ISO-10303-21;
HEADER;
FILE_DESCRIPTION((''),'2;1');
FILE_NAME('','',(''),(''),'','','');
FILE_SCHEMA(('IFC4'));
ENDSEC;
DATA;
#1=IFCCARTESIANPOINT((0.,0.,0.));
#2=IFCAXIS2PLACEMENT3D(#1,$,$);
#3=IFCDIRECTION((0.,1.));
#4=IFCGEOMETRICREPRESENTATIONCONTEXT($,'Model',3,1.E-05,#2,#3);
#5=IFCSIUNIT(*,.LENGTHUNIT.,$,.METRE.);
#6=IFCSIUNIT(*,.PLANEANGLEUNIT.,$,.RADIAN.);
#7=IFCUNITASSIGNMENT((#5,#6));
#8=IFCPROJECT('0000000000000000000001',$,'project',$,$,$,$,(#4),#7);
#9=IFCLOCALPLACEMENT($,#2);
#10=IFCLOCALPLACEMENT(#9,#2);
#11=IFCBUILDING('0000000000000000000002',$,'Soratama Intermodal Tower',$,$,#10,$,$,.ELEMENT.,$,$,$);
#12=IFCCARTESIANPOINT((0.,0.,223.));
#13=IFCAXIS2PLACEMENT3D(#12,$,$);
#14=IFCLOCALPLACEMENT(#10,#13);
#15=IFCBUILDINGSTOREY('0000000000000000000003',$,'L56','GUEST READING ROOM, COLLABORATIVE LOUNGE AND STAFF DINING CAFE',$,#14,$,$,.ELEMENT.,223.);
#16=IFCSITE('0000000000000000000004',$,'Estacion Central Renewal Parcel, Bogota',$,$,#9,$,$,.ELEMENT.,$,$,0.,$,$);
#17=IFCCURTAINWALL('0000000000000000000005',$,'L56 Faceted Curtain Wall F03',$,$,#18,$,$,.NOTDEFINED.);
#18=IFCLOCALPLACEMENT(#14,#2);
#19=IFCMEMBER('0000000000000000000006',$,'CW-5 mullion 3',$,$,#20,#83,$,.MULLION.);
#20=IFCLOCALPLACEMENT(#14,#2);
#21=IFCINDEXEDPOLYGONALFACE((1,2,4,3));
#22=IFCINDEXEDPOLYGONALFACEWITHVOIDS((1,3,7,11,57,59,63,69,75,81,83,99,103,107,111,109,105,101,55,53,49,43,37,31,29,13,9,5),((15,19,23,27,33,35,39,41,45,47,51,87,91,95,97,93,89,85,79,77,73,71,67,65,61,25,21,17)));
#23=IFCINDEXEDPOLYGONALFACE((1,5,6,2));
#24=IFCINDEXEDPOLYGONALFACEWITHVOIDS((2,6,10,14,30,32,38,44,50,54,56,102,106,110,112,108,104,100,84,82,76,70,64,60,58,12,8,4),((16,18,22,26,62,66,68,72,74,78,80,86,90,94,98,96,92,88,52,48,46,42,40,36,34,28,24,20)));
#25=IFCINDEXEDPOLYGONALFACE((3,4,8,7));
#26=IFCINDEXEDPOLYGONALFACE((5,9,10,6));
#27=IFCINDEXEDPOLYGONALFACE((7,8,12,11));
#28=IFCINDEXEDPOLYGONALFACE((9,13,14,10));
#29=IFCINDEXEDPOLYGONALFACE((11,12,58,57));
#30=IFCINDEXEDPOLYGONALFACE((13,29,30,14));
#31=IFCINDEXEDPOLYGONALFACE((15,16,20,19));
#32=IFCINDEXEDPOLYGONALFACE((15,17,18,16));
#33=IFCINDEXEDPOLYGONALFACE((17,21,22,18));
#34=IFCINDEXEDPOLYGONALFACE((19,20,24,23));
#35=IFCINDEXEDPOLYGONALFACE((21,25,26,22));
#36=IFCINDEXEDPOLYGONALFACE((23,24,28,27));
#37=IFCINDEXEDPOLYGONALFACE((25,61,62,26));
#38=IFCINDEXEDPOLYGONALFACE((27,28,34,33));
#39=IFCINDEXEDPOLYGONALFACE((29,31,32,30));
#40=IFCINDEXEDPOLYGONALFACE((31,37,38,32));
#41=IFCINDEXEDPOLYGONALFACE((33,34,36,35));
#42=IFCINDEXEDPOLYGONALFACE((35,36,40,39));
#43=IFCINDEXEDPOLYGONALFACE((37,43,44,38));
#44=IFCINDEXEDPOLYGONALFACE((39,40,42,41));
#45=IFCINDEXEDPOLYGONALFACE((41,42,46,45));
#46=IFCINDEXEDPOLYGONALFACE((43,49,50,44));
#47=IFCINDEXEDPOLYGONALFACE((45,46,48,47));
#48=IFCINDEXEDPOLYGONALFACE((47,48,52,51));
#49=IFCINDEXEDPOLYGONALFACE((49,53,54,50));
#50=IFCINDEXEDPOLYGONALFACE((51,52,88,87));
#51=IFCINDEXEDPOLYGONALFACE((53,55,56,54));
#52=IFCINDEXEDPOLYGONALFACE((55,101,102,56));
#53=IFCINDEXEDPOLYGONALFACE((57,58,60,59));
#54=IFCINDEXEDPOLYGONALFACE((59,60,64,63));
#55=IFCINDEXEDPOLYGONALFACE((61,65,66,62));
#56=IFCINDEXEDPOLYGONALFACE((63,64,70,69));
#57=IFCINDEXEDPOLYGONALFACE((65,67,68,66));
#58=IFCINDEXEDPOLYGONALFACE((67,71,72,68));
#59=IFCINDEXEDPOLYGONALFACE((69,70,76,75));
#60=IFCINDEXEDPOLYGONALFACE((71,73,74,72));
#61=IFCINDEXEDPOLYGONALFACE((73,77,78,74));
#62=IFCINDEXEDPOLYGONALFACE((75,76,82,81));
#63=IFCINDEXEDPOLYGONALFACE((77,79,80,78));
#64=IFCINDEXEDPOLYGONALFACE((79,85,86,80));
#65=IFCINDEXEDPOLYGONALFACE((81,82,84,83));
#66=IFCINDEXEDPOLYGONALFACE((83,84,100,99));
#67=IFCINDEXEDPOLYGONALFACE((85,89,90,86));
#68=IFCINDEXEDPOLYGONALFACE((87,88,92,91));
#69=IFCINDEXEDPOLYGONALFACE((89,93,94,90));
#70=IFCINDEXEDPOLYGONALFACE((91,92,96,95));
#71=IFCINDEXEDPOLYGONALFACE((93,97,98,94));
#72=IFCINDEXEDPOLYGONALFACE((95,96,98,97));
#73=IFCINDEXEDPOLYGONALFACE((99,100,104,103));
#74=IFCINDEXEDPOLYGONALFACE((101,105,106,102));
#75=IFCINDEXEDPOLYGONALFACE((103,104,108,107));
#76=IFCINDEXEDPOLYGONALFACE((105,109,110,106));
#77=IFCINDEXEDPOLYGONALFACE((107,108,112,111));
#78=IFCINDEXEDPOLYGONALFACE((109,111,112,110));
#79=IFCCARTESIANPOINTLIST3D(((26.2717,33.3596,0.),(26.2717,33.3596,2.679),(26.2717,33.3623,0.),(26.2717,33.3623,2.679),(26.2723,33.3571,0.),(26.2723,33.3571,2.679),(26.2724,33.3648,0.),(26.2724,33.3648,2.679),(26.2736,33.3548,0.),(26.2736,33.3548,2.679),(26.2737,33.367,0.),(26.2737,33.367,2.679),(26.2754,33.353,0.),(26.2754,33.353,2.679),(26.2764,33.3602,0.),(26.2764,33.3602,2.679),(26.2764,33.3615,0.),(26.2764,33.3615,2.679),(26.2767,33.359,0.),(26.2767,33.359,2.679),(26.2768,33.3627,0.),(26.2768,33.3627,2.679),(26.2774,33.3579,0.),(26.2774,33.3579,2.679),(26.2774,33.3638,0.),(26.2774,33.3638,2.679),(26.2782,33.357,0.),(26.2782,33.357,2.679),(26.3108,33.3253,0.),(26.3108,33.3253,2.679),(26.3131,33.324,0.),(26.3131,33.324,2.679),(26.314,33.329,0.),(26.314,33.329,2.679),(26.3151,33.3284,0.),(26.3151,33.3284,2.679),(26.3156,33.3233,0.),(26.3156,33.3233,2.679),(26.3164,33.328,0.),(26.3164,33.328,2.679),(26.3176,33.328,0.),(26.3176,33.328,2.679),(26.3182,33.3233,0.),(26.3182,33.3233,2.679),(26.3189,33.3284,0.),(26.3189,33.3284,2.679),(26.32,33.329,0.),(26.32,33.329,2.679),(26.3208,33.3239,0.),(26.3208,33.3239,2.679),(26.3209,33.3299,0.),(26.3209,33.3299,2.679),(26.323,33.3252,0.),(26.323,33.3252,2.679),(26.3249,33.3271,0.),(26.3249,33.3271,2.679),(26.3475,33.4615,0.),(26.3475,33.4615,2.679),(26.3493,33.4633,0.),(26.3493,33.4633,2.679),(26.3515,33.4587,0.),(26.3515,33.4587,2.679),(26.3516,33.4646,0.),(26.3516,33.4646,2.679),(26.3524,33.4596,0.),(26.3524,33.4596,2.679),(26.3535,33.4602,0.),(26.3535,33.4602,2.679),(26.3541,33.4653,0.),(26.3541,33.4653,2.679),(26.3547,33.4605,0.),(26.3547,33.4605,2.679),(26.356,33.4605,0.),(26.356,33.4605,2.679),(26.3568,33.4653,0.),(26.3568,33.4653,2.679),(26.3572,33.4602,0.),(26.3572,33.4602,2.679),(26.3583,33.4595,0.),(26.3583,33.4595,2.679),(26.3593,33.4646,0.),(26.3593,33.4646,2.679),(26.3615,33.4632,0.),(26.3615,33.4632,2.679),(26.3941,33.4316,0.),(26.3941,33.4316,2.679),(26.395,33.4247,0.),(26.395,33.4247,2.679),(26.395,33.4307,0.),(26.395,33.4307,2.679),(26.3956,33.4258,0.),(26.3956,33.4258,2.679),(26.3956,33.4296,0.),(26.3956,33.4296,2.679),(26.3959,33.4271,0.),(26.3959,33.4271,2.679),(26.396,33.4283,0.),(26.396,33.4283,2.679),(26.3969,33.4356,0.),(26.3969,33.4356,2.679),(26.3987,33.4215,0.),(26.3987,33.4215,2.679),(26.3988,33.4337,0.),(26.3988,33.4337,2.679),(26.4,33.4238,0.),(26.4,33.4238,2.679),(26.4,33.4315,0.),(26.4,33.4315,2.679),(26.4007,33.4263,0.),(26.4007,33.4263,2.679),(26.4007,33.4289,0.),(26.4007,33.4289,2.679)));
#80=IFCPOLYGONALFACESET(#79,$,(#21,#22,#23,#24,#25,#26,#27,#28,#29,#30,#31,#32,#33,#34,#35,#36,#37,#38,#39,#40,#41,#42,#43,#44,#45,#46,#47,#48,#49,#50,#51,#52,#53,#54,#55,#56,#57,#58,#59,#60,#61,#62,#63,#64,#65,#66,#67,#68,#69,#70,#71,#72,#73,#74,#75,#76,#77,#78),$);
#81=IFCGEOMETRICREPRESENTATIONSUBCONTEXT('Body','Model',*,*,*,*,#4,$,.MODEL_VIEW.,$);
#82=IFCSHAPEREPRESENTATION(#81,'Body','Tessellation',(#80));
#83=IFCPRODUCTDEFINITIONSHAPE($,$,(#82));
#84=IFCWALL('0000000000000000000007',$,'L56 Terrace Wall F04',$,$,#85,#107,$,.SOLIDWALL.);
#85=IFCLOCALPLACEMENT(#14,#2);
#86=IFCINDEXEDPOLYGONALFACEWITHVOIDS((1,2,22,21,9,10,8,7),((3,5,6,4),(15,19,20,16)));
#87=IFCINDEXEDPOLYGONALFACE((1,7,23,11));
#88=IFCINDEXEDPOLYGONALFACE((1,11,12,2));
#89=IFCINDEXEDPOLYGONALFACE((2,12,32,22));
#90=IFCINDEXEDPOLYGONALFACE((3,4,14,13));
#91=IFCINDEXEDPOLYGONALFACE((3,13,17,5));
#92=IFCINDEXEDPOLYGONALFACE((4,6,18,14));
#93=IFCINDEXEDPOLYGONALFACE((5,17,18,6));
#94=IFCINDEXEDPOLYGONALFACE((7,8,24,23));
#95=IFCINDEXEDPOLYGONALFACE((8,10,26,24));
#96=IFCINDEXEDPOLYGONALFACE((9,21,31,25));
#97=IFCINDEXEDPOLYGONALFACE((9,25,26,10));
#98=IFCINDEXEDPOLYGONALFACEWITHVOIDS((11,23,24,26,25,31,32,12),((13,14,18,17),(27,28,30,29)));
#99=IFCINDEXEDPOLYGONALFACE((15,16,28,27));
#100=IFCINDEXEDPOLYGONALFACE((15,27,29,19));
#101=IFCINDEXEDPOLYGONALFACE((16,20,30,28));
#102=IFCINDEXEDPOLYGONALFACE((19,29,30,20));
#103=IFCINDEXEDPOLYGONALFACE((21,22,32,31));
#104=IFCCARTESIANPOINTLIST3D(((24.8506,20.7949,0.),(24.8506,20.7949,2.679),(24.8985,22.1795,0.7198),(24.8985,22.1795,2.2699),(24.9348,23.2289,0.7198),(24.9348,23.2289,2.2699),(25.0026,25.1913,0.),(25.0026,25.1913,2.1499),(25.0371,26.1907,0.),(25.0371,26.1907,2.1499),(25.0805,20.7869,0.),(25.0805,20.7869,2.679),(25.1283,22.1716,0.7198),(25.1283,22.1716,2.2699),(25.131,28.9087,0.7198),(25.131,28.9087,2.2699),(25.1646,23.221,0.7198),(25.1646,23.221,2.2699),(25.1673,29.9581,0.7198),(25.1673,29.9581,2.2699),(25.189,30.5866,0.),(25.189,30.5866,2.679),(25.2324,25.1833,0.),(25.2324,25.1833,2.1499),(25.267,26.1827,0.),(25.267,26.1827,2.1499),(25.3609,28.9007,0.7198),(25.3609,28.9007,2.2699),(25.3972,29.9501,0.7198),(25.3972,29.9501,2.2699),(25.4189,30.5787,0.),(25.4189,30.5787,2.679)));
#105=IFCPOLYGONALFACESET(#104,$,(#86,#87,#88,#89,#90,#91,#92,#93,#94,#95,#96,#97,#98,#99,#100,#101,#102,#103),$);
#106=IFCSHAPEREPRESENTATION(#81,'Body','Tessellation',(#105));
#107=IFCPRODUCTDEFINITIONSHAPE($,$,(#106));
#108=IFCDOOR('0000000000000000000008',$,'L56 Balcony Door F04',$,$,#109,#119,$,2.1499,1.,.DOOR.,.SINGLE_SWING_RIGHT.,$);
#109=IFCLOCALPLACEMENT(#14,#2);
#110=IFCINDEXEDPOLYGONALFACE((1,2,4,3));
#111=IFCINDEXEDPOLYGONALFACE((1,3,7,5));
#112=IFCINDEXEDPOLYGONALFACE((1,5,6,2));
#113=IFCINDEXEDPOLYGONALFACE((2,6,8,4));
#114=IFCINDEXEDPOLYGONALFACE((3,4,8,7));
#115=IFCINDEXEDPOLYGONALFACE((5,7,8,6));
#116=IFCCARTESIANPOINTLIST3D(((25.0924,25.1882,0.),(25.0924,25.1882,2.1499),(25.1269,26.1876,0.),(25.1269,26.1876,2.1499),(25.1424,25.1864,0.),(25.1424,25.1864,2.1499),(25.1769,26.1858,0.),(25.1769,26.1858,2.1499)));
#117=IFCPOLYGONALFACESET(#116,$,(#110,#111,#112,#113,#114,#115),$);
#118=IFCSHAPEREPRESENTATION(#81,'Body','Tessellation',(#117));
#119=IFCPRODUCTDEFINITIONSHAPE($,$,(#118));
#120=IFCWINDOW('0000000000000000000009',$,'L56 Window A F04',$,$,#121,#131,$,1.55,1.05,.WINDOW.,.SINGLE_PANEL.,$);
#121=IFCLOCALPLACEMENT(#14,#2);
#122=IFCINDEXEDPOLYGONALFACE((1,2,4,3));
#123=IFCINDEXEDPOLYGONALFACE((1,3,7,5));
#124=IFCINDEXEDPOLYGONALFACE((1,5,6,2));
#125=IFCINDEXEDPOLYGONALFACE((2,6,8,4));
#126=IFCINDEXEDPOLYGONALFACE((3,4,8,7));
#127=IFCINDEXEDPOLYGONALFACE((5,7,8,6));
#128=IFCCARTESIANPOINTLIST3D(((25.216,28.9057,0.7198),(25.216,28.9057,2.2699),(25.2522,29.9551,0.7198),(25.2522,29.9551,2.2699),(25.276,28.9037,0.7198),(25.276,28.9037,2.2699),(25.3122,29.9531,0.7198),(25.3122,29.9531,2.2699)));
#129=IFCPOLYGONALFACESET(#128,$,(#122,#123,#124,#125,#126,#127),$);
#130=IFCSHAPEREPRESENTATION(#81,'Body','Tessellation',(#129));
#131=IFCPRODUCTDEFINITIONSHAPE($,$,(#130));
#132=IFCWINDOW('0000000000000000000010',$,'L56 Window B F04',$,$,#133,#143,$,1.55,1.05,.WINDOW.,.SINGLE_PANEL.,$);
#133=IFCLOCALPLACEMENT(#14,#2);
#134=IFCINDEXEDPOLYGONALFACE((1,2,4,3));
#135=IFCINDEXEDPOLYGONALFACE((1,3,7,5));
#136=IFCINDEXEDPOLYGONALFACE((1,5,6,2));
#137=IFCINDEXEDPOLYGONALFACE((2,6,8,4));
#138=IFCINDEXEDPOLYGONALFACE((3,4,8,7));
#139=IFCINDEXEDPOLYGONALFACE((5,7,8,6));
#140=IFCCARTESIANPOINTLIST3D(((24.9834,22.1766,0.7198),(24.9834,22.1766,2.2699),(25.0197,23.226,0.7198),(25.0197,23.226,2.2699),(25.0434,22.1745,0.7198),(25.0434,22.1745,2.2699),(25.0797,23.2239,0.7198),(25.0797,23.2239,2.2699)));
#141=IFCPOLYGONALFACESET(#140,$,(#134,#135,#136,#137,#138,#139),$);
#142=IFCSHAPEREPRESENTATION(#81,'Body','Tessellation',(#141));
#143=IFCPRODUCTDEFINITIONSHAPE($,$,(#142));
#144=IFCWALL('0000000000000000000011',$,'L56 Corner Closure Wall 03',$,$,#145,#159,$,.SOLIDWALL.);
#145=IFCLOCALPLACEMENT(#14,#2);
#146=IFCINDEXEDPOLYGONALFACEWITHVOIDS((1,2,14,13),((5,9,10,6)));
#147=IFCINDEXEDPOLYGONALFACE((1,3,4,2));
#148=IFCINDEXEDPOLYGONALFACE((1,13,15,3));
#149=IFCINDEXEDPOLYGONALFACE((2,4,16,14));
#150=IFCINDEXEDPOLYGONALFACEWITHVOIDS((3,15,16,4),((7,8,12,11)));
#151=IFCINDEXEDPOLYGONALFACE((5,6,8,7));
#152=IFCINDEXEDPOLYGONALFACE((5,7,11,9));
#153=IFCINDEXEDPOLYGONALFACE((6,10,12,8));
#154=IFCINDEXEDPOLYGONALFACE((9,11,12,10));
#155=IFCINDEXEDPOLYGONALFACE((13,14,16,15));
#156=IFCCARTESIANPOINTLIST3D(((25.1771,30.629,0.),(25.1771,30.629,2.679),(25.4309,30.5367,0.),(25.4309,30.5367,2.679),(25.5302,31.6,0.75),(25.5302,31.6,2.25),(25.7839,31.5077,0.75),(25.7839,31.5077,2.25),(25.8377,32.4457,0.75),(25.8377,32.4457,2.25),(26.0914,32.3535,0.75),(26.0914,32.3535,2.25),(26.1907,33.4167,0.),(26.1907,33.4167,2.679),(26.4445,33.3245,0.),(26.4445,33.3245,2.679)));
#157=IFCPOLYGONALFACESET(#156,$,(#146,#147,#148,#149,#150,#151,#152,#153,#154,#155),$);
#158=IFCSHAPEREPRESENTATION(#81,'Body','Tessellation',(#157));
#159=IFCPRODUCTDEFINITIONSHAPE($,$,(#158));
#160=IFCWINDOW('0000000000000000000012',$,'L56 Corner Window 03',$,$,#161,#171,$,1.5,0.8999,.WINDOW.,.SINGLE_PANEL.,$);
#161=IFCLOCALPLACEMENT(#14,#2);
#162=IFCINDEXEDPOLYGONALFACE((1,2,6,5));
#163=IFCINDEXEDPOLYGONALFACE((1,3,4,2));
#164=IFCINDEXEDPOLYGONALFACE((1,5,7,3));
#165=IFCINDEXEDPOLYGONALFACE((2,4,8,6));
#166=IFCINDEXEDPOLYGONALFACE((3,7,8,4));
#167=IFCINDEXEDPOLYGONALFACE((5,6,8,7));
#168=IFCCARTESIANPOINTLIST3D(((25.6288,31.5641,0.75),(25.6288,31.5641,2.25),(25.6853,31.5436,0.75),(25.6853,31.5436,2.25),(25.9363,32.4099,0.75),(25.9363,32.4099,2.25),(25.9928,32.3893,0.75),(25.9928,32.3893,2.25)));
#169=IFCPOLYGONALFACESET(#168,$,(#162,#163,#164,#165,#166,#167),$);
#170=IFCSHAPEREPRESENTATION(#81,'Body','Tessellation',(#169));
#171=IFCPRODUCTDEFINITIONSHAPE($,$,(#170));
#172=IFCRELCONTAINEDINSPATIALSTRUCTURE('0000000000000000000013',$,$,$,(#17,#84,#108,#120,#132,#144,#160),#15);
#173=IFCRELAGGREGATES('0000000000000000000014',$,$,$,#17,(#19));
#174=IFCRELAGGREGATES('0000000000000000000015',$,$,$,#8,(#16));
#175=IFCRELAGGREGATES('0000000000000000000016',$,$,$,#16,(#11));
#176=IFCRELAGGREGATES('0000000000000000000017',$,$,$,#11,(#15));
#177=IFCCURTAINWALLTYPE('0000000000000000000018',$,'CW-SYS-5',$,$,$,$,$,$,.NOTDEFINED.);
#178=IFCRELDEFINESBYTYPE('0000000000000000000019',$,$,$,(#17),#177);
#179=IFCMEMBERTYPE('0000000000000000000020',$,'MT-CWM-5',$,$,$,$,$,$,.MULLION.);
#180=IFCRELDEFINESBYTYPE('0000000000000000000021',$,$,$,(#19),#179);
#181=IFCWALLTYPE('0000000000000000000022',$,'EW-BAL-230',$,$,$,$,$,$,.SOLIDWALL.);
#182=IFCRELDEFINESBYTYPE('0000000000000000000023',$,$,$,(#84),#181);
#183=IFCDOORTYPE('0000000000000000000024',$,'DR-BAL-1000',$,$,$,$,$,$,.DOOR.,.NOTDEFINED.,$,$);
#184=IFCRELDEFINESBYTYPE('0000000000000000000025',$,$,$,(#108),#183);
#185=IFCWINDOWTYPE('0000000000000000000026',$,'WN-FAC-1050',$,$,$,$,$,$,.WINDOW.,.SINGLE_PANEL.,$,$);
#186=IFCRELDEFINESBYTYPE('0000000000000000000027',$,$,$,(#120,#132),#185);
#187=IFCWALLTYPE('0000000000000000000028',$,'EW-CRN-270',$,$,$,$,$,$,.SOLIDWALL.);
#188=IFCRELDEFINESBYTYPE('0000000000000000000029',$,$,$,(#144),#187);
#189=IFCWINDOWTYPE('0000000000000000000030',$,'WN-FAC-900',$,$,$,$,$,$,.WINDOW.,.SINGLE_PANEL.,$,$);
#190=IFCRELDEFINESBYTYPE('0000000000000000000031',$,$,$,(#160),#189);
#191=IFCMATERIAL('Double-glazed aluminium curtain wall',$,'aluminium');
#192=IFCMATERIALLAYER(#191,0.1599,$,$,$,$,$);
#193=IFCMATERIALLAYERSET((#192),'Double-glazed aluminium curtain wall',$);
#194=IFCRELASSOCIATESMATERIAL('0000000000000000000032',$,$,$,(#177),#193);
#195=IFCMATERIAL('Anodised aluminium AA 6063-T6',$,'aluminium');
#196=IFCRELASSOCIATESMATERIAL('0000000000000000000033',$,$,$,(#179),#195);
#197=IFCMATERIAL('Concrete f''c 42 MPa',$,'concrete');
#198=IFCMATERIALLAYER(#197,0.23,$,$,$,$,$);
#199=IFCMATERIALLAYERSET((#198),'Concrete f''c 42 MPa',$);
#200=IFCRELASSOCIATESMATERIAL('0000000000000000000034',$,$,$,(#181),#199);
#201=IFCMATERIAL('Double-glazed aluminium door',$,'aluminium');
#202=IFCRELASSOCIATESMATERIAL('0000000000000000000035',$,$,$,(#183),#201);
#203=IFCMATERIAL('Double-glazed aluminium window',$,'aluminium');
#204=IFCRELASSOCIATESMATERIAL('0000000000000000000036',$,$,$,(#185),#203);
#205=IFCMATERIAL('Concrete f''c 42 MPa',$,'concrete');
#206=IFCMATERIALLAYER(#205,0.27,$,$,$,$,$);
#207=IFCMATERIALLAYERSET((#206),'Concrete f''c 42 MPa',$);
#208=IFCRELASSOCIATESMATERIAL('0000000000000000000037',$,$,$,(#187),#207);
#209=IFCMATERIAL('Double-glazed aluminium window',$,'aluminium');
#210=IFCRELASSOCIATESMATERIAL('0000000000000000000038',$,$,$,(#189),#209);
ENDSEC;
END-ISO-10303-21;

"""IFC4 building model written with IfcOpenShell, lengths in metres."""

from ifc_helpers import new_model, si_unit, direction, frame, frame_2d, origin, origin_2d, place, context, subcontext, project, spatial, rectangle, hollow_rectangle, extrude, material, layer, layer_set, material_profile, profile_set, type_object, element, fill, aggregate, save


model = new_model("IFC4")

# Units and contexts
model_context = context("Model", 3, precision=1e-05, world=origin(), true_north=direction((0.0, 1.0)))
body_context = subcontext(model_context, "Body", "Model", "MODEL_VIEW")
ifc_project = project(units=[si_unit("LENGTHUNIT", "METRE"), si_unit("PLANEANGLEUNIT", "RADIAN")], contexts=[model_context])

# Site, building, storey
site_placement = place(None, origin())
site = spatial("IfcSite", under=ifc_project, at=site_placement, Name="Estacion Central Renewal Parcel, Bogota", CompositionType="ELEMENT", RefElevation=0.0)
building_placement = place(site_placement, origin())
building = spatial("IfcBuilding", under=site, at=building_placement, Name="Soratama Intermodal Tower", CompositionType="ELEMENT")
storey_placement = place(building_placement, frame((0.0, 0.0, 223.0)))
storey = spatial("IfcBuildingStorey", under=building, at=storey_placement, Name="L56", Description="GUEST READING ROOM, COLLABORATIVE LOUNGE AND STAFF DINING CAFE", CompositionType="ELEMENT", Elevation=223.0)

# Curtain wall, member
ifc_material_1 = material(Name="Double-glazed aluminium curtain wall", Category="aluminium")
ifc_layer_1 = layer(ifc_material_1, 0.1599)
ifc_layer_set_1 = layer_set([ifc_layer_1], Name="Double-glazed aluminium curtain wall")
curtain_wall_type = type_object("IfcCurtainWallType", Name="CW-SYS-5", PredefinedType="NOTDEFINED", material=ifc_layer_set_1)
curtain_wall_placement = place(storey_placement, origin())
curtain_wall = element("IfcCurtainWall", 1, at=curtain_wall_placement, inside=storey, type_object=curtain_wall_type, Name="L56 Faceted Curtain Wall F03", PredefinedType="NOTDEFINED")
ifc_material_2 = material(Name="Anodised aluminium AA 6063-T6", Category="aluminium")
ifc_material_profile_1 = material_profile(ifc_material_2, hollow_rectangle(XDim=0.0649, YDim=0.1399, WallThickness=0.0049, InnerFilletRadius=0.0049, OuterFilletRadius=0.01, at=origin_2d()), Name="CWM140X65X5")
ifc_profile_set_1 = profile_set([ifc_material_profile_1], Name="Anodised aluminium AA 6063-T6")
member_type = type_object("IfcMemberType", Name="MT-CWM-5", PredefinedType="MULLION", material=ifc_profile_set_1)
member_placement = place(storey_placement, frame((26.3362, 33.3943, 0.0), z_axis=(0.0, 0.0, 1.0), x_axis=(0.788224, -0.615388, 0.0)))
member = element("IfcMember", 2, at=member_placement, type_object=member_type, Name="CW-5 mullion 3", PredefinedType="MULLION", context=body_context, shape_type="SweptSolid", body=[
    extrude(hollow_rectangle(XDim=0.0649, YDim=0.1399, WallThickness=0.0049, InnerFilletRadius=0.0049, OuterFilletRadius=0.01, at=origin_2d()), origin(), (0.0, 0.0, 1.0), 2.679),
])
aggregate(curtain_wall, [member])

# Wall, openings, door, windows
ifc_material_3 = material(Name="Concrete f'c 42 MPa", Category="concrete")
ifc_layer_2 = layer(ifc_material_3, 0.23)
ifc_layer_set_2 = layer_set([ifc_layer_2], Name="Concrete f'c 42 MPa")
wall_type_1 = type_object("IfcWallType", Name="EW-BAL-230", PredefinedType="SOLIDWALL", material=ifc_layer_set_2)
wall_1_placement = place(storey_placement, frame((25.304, 30.5828, 0.0), z_axis=(0.0, 0.0, 1.0), x_axis=(-0.034537, -0.999403, 0.0)))
wall_1 = element("IfcWall", 3, at=wall_1_placement, inside=storey, type_object=wall_type_1, Name="L56 Terrace Wall F04", PredefinedType="SOLIDWALL", context=body_context, shape_type="SweptSolid", body=[
    extrude(rectangle(XDim=9.7976, YDim=0.23, at=frame_2d((4.8989, 0.0))), origin(), (0.0, 0.0, 1.0), 2.679),
])
opening_1_placement = place(wall_1_placement, frame((4.3987, 0.0, 0.0)))
opening_1 = element("IfcOpeningElement", 4, at=opening_1_placement, cuts=wall_1, PredefinedType="OPENING", context=body_context, shape_type="SweptSolid", body=[
    extrude(rectangle(XDim=1.0, YDim=2.1499, at=frame_2d((0.5, 1.075))), frame((0.0, 0.125, 0.0), z_axis=(0.0, -1.0, 0.0), x_axis=(1.0, 0.0, 0.0)), (0.0, 0.0, 1.0), 0.25),
])
opening_2_placement = place(wall_1_placement, frame((0.6292, 0.0, 0.72)))
opening_2 = element("IfcOpeningElement", 5, at=opening_2_placement, cuts=wall_1, PredefinedType="OPENING", context=body_context, shape_type="SweptSolid", body=[
    extrude(rectangle(XDim=1.05, YDim=1.55, at=frame_2d((0.5249, 0.7749))), frame((0.0, 0.125, 0.0), z_axis=(0.0, -1.0, 0.0), x_axis=(1.0, 0.0, 0.0)), (0.0, 0.0, 1.0), 0.25),
])
opening_3_placement = place(wall_1_placement, frame((7.3623, 0.0, 0.72)))
opening_3 = element("IfcOpeningElement", 6, at=opening_3_placement, cuts=wall_1, PredefinedType="OPENING", context=body_context, shape_type="SweptSolid", body=[
    extrude(rectangle(XDim=1.05, YDim=1.55, at=frame_2d((0.5249, 0.7749))), frame((0.0, 0.125, 0.0), z_axis=(0.0, -1.0, 0.0), x_axis=(1.0, 0.0, 0.0)), (0.0, 0.0, 1.0), 0.25),
])
ifc_material_4 = material(Name="Double-glazed aluminium door", Category="aluminium")
door_type_1 = type_object("IfcDoorType", Name="DR-BAL-1000", OperationType="NOTDEFINED", PredefinedType="DOOR", material=ifc_material_4)
door_1_placement = place(opening_1_placement, origin())
door_1 = element("IfcDoor", 7, at=door_1_placement, inside=storey, type_object=door_type_1, Name="L56 Balcony Door F04", OperationType="SINGLE_SWING_RIGHT", OverallHeight=2.1499, OverallWidth=1.0, PredefinedType="DOOR", context=body_context, shape_type="SweptSolid", body=[
    extrude(rectangle(XDim=1.0, YDim=2.1499, at=frame_2d((0.5, 1.075))), frame((0.0, 0.0249, 0.0), z_axis=(0.0, -1.0, 0.0), x_axis=(1.0, 0.0, 0.0)), (0.0, 0.0, 1.0), 0.05),
])
fill(opening_1, door_1)
ifc_material_5 = material(Name="Double-glazed aluminium window", Category="aluminium")
window_type_1 = type_object("IfcWindowType", Name="WN-FAC-1050", PartitioningType="SINGLE_PANEL", PredefinedType="WINDOW", material=ifc_material_5)
window_1_placement = place(opening_2_placement, origin())
window_1 = element("IfcWindow", 8, at=window_1_placement, inside=storey, type_object=window_type_1, Name="L56 Window A F04", OverallHeight=1.55, OverallWidth=1.05, PartitioningType="SINGLE_PANEL", PredefinedType="WINDOW", context=body_context, shape_type="SweptSolid", body=[
    extrude(rectangle(XDim=1.05, YDim=1.55, at=frame_2d((0.5249, 0.7749))), frame((0.0, 0.03, 0.0), z_axis=(0.0, -1.0, 0.0), x_axis=(1.0, 0.0, 0.0)), (0.0, 0.0, 1.0), 0.0601),
])
fill(opening_2, window_1)
window_2_placement = place(opening_3_placement, origin())
window_2 = element("IfcWindow", 9, at=window_2_placement, inside=storey, type_object=window_type_1, Name="L56 Window B F04", OverallHeight=1.55, OverallWidth=1.05, PartitioningType="SINGLE_PANEL", PredefinedType="WINDOW", context=body_context, shape_type="SweptSolid", body=[
    extrude(rectangle(XDim=1.05, YDim=1.55, at=frame_2d((0.5249, 0.7749))), frame((0.0, 0.03, 0.0), z_axis=(0.0, -1.0, 0.0), x_axis=(1.0, 0.0, 0.0)), (0.0, 0.0, 1.0), 0.0601),
])
fill(opening_3, window_2)

# Wall, opening, window
ifc_material_6 = material(Name="Concrete f'c 42 MPa", Category="concrete")
ifc_layer_3 = layer(ifc_material_6, 0.27)
ifc_layer_set_3 = layer_set([ifc_layer_3], Name="Concrete f'c 42 MPa")
wall_type_2 = type_object("IfcWallType", Name="EW-CRN-270", PredefinedType="SOLIDWALL", material=ifc_layer_set_3)
wall_2_placement = place(storey_placement, frame((26.3176, 33.3706, 0.0), z_axis=(0.0, 0.0, 1.0), x_axis=(-0.341717, -0.939803, 0.0)))
wall_2 = element("IfcWall", 10, at=wall_2_placement, inside=storey, type_object=wall_type_2, Name="L56 Corner Closure Wall 03", PredefinedType="SOLIDWALL", context=body_context, shape_type="SweptSolid", body=[
    extrude(rectangle(XDim=2.9663, YDim=0.27, at=frame_2d((1.4832, 0.0))), origin(), (0.0, 0.0, 1.0), 2.679),
])
opening_4_placement = place(wall_2_placement, frame((1.0332, 0.0, 0.75)))
opening_4 = element("IfcOpeningElement", 11, at=opening_4_placement, cuts=wall_2, PredefinedType="OPENING", context=body_context, shape_type="SweptSolid", body=[
    extrude(rectangle(XDim=0.8999, YDim=1.5, at=frame_2d((0.45, 0.75))), frame((0.0, 0.145, 0.0), z_axis=(0.0, -1.0, 0.0), x_axis=(1.0, 0.0, 0.0)), (0.0, 0.0, 1.0), 0.29),
])
ifc_material_7 = material(Name="Double-glazed aluminium window", Category="aluminium")
window_type_2 = type_object("IfcWindowType", Name="WN-FAC-900", PartitioningType="SINGLE_PANEL", PredefinedType="WINDOW", material=ifc_material_7)
window_3_placement = place(opening_4_placement, origin())
window_3 = element("IfcWindow", 12, at=window_3_placement, inside=storey, type_object=window_type_2, Name="L56 Corner Window 03", OverallHeight=1.5, OverallWidth=0.8999, PartitioningType="SINGLE_PANEL", PredefinedType="WINDOW", context=body_context, shape_type="SweptSolid", body=[
    extrude(rectangle(XDim=0.8999, YDim=1.5, at=frame_2d((0.45, 0.75))), frame((0.0, 0.03, 0.0), z_axis=(0.0, -1.0, 0.0), x_axis=(1.0, 0.0, 0.0)), (0.0, 0.0, 1.0), 0.0601),
])
fill(opening_4, window_3)

save(model, "model.ifc")
